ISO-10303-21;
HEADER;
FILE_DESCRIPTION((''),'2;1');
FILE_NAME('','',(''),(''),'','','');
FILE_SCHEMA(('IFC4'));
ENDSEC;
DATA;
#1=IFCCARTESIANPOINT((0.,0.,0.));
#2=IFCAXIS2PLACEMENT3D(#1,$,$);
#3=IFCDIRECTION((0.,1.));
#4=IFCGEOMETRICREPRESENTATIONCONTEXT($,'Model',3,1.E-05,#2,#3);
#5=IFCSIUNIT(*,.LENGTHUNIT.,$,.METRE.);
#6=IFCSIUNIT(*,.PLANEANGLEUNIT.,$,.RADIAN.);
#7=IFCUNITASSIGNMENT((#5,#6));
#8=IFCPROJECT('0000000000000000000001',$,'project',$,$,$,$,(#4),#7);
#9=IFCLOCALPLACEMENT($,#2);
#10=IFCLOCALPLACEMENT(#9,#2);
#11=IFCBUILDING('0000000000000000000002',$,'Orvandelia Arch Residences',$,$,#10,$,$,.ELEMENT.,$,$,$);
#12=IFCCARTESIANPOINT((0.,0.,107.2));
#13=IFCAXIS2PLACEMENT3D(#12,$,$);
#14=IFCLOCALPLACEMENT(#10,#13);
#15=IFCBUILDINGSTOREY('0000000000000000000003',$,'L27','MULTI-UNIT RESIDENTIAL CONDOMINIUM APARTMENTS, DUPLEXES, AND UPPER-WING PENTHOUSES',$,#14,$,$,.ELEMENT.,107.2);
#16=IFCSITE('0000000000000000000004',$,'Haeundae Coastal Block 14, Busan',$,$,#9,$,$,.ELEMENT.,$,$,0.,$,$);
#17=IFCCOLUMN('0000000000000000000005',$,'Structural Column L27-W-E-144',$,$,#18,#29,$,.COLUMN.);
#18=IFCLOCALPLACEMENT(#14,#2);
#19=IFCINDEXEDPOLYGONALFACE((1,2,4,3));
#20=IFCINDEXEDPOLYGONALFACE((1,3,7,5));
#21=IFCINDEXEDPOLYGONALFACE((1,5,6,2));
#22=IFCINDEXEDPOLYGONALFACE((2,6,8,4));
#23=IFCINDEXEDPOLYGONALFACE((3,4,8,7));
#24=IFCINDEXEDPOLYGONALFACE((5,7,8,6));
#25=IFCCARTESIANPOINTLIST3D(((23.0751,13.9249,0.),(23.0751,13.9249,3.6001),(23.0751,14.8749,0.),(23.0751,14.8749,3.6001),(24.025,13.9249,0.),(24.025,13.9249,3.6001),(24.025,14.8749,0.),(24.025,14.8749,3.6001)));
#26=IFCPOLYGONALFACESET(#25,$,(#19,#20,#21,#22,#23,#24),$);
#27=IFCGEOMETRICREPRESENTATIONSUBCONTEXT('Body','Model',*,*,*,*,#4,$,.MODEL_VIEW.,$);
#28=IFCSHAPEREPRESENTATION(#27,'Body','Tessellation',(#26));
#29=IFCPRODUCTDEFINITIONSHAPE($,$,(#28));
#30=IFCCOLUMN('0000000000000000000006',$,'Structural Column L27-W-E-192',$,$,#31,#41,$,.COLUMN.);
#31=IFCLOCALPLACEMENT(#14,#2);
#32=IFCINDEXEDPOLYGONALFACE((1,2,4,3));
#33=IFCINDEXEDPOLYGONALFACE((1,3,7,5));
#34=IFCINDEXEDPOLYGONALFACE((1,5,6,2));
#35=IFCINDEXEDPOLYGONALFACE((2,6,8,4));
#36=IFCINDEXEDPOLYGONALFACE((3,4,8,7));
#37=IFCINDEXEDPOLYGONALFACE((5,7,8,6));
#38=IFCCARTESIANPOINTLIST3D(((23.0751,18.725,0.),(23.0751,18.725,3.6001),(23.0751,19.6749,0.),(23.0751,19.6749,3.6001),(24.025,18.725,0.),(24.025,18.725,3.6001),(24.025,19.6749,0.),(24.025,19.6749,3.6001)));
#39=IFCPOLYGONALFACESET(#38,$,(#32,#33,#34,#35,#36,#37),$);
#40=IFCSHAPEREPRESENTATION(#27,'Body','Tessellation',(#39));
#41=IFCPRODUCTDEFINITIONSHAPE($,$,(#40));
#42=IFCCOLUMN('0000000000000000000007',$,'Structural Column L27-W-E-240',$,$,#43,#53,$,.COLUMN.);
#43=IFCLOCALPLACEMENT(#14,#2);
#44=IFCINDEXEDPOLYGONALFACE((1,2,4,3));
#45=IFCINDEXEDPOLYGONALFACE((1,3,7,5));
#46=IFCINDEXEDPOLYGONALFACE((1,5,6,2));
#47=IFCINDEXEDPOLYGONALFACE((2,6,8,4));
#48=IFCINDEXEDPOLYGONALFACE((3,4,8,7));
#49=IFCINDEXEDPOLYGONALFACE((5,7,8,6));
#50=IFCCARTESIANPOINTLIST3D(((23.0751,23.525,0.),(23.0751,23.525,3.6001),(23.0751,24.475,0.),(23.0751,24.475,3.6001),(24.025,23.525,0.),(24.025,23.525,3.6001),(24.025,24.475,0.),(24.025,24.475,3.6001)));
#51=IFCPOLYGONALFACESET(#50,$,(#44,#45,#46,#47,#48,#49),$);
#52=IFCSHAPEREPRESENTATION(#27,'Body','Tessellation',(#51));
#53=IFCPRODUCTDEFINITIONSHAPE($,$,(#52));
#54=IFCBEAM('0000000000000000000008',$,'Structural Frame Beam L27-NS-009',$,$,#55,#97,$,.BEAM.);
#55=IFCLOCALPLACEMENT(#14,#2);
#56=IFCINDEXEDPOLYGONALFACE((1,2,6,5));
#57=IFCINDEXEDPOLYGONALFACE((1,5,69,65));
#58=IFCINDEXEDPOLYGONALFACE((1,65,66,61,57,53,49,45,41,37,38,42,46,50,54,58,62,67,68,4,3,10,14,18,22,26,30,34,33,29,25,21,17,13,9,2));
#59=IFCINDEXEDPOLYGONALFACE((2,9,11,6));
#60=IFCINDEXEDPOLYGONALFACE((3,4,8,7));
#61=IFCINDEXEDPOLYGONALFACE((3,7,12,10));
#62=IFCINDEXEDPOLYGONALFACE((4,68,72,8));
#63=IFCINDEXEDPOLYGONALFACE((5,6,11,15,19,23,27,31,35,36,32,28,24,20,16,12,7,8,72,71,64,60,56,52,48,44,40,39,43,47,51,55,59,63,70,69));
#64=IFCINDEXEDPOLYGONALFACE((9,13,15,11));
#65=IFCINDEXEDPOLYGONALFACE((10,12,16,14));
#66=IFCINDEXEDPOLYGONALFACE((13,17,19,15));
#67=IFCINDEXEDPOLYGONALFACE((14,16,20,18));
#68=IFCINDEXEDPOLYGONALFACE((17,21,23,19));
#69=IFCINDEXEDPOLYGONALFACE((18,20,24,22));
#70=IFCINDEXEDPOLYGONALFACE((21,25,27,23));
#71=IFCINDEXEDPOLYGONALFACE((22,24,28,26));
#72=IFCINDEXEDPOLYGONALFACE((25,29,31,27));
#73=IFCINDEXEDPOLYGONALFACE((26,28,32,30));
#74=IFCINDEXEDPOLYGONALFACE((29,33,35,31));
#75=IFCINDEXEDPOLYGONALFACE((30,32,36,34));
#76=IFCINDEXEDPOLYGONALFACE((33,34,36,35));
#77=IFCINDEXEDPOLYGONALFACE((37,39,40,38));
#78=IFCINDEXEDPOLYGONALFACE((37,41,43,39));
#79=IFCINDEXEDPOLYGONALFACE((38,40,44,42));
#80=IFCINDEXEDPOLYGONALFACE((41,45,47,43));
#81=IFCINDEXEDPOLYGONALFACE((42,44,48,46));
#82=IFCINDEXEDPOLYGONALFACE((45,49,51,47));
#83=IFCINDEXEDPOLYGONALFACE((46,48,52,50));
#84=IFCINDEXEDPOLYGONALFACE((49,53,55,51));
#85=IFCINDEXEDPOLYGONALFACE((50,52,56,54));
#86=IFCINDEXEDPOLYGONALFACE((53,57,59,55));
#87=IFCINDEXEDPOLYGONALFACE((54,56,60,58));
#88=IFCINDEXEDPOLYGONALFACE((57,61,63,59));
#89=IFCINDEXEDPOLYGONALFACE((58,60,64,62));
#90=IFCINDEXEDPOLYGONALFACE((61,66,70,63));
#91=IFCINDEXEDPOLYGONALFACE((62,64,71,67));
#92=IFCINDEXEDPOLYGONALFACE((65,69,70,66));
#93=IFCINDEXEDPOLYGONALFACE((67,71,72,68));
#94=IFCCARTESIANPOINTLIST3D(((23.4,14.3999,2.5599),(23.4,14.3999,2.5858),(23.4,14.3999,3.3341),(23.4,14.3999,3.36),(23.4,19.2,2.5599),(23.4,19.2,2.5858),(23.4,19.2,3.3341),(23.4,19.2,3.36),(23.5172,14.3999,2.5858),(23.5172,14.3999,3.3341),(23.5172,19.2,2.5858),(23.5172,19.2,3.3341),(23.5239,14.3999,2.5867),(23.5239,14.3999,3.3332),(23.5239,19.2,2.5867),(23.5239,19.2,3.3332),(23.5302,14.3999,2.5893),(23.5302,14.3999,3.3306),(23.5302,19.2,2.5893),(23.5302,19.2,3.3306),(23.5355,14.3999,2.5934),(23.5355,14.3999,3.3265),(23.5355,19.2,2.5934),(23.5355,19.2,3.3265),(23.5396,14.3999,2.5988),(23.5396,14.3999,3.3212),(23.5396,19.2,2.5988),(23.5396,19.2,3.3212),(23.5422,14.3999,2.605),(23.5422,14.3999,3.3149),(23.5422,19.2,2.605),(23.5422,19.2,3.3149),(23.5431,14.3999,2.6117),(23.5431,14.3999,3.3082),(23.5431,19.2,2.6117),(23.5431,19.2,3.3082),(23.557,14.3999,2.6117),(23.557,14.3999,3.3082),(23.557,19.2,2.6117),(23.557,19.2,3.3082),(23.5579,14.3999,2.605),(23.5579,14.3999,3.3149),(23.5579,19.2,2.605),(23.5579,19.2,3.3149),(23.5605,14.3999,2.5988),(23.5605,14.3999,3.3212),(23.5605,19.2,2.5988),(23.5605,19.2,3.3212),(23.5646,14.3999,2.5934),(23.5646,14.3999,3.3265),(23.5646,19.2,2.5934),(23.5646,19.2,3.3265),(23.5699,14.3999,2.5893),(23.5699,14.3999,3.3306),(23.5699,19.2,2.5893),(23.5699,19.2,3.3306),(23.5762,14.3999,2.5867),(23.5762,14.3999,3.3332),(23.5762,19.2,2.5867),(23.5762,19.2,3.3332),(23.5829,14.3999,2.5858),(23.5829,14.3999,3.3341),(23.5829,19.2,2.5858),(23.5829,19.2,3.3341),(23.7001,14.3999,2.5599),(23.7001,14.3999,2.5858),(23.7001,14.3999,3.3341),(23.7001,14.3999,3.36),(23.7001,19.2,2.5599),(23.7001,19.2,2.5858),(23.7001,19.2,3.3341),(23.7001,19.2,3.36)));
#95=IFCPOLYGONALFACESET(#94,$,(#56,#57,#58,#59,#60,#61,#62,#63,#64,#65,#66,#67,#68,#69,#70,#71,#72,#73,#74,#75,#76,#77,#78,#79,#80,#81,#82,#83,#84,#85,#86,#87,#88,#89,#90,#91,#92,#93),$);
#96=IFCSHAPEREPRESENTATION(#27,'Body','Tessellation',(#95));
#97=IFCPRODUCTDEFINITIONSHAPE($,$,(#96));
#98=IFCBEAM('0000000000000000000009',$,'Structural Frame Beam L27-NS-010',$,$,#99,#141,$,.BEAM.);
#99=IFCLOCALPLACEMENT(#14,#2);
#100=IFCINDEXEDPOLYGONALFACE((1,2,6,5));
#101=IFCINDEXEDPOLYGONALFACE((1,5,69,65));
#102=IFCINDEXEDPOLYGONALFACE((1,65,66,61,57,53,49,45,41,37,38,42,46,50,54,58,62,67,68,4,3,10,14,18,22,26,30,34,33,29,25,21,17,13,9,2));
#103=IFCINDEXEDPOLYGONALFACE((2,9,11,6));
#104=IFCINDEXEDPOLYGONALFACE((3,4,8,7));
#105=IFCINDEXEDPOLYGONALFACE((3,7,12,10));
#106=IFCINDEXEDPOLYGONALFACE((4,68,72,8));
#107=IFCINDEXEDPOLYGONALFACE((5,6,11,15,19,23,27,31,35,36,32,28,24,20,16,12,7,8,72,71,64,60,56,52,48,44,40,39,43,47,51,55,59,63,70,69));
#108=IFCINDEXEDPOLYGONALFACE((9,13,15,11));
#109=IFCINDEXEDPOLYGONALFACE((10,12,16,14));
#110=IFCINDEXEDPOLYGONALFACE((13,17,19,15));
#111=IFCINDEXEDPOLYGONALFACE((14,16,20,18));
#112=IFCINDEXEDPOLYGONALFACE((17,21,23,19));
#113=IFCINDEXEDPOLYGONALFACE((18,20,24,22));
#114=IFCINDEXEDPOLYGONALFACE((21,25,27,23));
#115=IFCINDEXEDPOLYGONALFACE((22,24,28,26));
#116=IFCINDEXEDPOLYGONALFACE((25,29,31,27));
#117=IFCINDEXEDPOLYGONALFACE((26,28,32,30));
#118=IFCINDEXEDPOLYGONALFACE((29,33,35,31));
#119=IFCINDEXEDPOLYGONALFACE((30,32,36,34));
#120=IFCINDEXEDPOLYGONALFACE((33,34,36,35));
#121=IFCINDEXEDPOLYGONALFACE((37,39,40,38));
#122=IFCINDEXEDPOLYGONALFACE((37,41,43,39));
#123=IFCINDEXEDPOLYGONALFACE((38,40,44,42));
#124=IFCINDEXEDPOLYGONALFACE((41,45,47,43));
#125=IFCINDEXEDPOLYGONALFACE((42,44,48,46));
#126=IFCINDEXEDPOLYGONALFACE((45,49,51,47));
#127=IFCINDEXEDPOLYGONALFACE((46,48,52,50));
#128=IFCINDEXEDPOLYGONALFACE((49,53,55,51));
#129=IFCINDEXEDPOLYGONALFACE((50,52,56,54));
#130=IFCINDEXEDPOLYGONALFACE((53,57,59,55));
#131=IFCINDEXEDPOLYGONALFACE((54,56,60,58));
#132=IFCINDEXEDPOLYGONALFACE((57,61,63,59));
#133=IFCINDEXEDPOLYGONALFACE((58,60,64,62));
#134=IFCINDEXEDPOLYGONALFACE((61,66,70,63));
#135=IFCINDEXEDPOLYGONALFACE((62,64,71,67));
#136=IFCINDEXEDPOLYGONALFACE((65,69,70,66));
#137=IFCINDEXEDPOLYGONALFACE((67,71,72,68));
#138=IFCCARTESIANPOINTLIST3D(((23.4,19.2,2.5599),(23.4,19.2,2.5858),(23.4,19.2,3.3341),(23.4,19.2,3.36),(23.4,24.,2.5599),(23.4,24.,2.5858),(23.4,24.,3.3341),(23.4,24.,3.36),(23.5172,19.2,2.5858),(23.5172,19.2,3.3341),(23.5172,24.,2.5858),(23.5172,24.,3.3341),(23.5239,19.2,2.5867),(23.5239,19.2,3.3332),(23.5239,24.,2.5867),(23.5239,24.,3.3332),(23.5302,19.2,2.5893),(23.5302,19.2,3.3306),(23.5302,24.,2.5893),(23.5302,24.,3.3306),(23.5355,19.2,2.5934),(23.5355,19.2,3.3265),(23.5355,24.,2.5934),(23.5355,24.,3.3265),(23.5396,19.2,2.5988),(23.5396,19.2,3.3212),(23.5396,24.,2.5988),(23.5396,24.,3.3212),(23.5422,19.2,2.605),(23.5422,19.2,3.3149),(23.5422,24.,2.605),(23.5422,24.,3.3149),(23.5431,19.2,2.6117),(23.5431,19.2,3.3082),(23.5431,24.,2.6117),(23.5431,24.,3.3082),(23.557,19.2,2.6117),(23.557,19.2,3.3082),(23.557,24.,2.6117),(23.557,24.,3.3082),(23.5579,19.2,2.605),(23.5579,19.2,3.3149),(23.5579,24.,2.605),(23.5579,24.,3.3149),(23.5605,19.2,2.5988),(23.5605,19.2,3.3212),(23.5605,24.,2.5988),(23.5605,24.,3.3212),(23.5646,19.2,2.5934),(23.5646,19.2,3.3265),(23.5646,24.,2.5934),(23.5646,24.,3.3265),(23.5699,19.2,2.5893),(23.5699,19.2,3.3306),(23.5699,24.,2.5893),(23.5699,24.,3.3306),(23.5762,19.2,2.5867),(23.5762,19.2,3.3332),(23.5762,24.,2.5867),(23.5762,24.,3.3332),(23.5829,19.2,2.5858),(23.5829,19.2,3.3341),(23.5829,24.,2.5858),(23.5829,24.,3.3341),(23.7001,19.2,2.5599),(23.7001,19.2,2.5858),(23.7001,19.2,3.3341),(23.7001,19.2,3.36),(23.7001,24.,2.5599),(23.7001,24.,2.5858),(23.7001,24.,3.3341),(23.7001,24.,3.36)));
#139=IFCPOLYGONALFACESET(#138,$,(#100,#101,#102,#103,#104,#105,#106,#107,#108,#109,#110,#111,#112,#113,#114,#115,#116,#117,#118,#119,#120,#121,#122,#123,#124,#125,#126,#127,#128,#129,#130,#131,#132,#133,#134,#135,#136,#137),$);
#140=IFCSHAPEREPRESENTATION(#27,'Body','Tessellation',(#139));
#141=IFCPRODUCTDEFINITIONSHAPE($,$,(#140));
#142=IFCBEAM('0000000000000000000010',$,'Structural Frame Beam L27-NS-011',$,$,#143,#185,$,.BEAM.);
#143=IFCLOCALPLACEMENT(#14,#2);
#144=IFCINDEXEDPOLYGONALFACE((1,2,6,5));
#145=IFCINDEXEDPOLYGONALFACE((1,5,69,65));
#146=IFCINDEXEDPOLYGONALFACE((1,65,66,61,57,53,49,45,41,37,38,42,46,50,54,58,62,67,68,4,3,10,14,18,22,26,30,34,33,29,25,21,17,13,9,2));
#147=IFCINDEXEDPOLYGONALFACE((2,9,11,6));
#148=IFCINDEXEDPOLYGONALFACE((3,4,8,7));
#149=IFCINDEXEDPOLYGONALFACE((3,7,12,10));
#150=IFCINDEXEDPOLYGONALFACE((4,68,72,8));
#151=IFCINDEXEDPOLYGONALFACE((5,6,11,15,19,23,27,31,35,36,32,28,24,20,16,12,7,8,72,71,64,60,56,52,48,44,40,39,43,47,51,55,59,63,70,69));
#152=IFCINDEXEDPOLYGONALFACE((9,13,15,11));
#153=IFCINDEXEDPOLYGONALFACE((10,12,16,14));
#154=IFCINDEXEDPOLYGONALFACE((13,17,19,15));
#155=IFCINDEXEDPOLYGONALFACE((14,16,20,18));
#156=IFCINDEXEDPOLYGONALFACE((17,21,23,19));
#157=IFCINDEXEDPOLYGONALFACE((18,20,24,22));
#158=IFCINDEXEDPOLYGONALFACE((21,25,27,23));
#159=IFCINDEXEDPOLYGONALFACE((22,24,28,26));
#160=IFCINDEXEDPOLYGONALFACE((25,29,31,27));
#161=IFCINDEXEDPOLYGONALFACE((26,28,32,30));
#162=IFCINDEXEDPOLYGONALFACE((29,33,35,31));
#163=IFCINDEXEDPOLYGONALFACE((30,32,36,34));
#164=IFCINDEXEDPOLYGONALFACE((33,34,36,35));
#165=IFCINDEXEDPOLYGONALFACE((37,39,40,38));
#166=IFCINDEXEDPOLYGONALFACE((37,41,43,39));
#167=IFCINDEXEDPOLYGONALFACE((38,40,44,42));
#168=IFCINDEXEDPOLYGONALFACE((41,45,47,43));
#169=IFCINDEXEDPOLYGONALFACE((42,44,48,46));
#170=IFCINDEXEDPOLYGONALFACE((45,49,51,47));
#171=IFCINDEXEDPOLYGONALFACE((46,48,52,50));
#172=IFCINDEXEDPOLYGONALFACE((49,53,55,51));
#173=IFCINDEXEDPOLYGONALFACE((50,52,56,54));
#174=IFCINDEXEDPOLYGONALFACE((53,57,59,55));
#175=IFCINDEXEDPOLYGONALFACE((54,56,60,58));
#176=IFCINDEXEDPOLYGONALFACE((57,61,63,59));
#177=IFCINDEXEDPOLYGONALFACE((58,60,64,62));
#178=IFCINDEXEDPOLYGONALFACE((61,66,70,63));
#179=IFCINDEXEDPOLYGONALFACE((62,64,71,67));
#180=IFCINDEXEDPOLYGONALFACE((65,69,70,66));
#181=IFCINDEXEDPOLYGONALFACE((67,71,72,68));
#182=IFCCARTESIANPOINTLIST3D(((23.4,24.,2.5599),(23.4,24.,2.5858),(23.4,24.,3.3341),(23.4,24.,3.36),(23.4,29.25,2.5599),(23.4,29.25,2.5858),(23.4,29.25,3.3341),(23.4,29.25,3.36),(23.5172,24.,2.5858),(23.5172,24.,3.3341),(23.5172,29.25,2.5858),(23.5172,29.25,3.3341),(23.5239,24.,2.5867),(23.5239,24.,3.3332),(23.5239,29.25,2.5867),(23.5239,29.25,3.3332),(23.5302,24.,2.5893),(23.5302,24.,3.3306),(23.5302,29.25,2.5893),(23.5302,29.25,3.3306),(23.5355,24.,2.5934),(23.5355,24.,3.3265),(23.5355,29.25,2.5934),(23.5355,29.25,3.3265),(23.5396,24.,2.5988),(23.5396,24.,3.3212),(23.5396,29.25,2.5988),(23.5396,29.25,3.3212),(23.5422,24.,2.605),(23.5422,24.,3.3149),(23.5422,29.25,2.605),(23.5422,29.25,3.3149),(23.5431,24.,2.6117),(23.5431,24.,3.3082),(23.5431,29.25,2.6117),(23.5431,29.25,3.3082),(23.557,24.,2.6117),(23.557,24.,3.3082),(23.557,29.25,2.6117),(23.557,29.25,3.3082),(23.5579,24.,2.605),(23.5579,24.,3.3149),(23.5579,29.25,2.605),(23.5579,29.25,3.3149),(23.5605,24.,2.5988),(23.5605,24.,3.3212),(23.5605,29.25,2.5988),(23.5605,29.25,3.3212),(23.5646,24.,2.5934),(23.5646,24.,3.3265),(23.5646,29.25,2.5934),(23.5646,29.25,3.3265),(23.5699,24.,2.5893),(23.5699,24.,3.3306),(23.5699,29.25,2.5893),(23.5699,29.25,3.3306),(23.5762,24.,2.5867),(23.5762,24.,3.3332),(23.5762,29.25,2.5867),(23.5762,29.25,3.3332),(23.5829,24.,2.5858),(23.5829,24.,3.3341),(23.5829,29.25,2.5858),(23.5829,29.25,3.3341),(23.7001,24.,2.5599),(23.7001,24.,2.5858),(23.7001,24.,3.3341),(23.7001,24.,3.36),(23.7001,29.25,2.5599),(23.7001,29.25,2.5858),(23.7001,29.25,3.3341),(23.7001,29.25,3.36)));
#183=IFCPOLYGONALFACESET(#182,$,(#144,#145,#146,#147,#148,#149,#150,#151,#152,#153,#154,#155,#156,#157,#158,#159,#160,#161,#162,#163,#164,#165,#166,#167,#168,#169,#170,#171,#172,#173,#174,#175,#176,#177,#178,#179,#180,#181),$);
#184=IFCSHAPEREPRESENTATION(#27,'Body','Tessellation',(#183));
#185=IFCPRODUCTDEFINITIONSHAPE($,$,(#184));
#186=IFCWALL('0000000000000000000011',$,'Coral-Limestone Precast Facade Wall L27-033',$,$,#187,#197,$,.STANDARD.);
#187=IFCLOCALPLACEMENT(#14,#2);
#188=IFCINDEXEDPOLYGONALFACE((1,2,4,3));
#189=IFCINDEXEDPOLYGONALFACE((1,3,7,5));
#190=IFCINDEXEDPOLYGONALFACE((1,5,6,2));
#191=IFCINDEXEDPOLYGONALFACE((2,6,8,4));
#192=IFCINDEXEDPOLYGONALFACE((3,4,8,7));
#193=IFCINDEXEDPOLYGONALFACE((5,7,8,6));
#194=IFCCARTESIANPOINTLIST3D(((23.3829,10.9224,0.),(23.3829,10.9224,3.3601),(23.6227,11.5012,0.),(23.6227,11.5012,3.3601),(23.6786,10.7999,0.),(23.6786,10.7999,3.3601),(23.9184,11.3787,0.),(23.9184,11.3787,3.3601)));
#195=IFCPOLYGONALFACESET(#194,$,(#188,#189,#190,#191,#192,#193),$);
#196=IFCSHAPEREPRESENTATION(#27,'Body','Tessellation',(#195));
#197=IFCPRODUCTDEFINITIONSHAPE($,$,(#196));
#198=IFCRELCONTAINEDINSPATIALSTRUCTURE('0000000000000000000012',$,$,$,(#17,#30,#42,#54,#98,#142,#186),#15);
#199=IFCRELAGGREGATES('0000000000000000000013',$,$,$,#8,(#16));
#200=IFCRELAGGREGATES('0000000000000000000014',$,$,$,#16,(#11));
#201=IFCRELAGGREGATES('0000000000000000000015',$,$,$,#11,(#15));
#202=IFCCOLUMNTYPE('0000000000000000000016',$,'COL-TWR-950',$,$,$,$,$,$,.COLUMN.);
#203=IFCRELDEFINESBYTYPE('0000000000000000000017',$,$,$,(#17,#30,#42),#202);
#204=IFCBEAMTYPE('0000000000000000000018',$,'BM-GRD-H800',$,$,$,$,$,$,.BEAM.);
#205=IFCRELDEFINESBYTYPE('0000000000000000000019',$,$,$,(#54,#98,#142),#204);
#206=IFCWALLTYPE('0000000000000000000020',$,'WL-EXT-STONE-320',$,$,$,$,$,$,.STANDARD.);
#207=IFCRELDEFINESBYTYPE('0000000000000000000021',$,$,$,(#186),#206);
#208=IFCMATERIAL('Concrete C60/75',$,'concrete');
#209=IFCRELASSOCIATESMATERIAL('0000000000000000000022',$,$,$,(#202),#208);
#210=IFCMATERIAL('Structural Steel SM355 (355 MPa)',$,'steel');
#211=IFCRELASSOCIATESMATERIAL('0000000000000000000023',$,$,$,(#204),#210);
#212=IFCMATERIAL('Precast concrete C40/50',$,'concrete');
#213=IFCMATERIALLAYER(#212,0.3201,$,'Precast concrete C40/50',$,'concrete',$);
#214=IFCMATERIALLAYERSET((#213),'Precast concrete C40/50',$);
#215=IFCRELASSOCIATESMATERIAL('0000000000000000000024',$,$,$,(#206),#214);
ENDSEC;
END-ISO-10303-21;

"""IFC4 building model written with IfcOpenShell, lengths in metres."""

from ifc_helpers import new_model, si_unit, direction, frame, frame_2d, origin, origin_2d, place, context, subcontext, project, spatial, rectangle, i_section, extrude, material, layer, layer_set, material_profile, profile_set, type_object, element, save


model = new_model("IFC4")

# Units and contexts
model_context = context("Model", 3, precision=1e-05, world=origin(), true_north=direction((0.0, 1.0)))
body_context = subcontext(model_context, "Body", "Model", "MODEL_VIEW")
ifc_project = project(units=[si_unit("LENGTHUNIT", "METRE"), si_unit("PLANEANGLEUNIT", "RADIAN")], contexts=[model_context])

# Site, building, storey
site_placement = place(None, origin())
site = spatial("IfcSite", under=ifc_project, at=site_placement, Name="Haeundae Coastal Block 14, Busan", CompositionType="ELEMENT", RefElevation=0.0)
building_placement = place(site_placement, origin())
building = spatial("IfcBuilding", under=site, at=building_placement, Name="Orvandelia Arch Residences", CompositionType="ELEMENT")
storey_placement = place(building_placement, frame((0.0, 0.0, 107.2)))
storey = spatial("IfcBuildingStorey", under=building, at=storey_placement, Name="L27", Description="MULTI-UNIT RESIDENTIAL CONDOMINIUM APARTMENTS, DUPLEXES, AND UPPER-WING PENTHOUSES", CompositionType="ELEMENT", Elevation=107.2)

# Columns
ifc_material_1 = material(Name="Concrete C60/75", Category="concrete")
ifc_material_profile_1 = material_profile(ifc_material_1, rectangle(XDim=0.95, YDim=0.95, at=origin_2d()), Name="Concrete C60/75", Category="concrete")
ifc_profile_set_1 = profile_set([ifc_material_profile_1], Name="Concrete C60/75")
column_type = type_object("IfcColumnType", Name="COL-TWR-950", PredefinedType="COLUMN", material=ifc_profile_set_1)
for number, where, z_axis, x_axis, name in (
    (1, (23.55, 14.3999, 0.0), (0.0, 0.0, 1.0), (1.0, 0.0, 0.0), "Structural Column L27-W-E-144"),
    (2, (23.55, 19.2, 0.0), (0.0, 0.0, 1.0), (1.0, 0.0, 0.0), "Structural Column L27-W-E-192"),
    (3, (23.55, 24.0, 0.0), (0.0, 0.0, 1.0), (1.0, 0.0, 0.0), "Structural Column L27-W-E-240"),
):
    element("IfcColumn", number, at=place(storey_placement, frame(where, z_axis=z_axis, x_axis=x_axis)), inside=storey, type_object=column_type, Name=name, PredefinedType="COLUMN", context=body_context, shape_type="SweptSolid", body=[
        extrude(rectangle(XDim=0.95, YDim=0.95, at=origin_2d()), origin(), (0.0, 0.0, 1.0), 3.6001),
    ])

# Beams
ifc_material_2 = material(Name="Structural Steel SM355 (355 MPa)", Category="steel")
ifc_material_profile_2 = material_profile(ifc_material_2, i_section(OverallWidth=0.3, OverallDepth=0.8, WebThickness=0.0139, FlangeThickness=0.0259, FilletRadius=0.0259, at=origin_2d()), Name="Structural Steel SM355 (355 MPa)", Category="steel")
ifc_profile_set_2 = profile_set([ifc_material_profile_2], Name="Structural Steel SM355 (355 MPa)")
beam_type = type_object("IfcBeamType", Name="BM-GRD-H800", PredefinedType="BEAM", material=ifc_profile_set_2)
for number, where, z_axis, x_axis, name in (
    (4, (23.55, 14.3999, 2.96), (0.0, 1.0, 0.0), (-1.0, 0.0, 0.0), "Structural Frame Beam L27-NS-009"),
    (5, (23.55, 19.2, 2.96), (0.0, 1.0, 0.0), (-1.0, 0.0, 0.0), "Structural Frame Beam L27-NS-010"),
):
    element("IfcBeam", number, at=place(storey_placement, frame(where, z_axis=z_axis, x_axis=x_axis)), inside=storey, type_object=beam_type, Name=name, PredefinedType="BEAM", context=body_context, shape_type="SweptSolid", body=[
        extrude(i_section(OverallWidth=0.3, OverallDepth=0.8, WebThickness=0.0139, FlangeThickness=0.0259, FilletRadius=0.0259, at=origin_2d()), origin(), (0.0, 0.0, 1.0), 4.8),
    ])
beam_placement = place(storey_placement, frame((23.55, 24.0, 2.96), z_axis=(0.0, 1.0, 0.0), x_axis=(-1.0, 0.0, 0.0)))
element("IfcBeam", 6, at=beam_placement, inside=storey, type_object=beam_type, Name="Structural Frame Beam L27-NS-011", PredefinedType="BEAM", context=body_context, shape_type="SweptSolid", body=[
    extrude(i_section(OverallWidth=0.3, OverallDepth=0.8, WebThickness=0.0139, FlangeThickness=0.0259, FilletRadius=0.0259, at=origin_2d()), origin(), (0.0, 0.0, 1.0), 5.25),
])

# Wall
ifc_material_3 = material(Name="Precast concrete C40/50", Category="concrete")
ifc_layer_1 = layer(ifc_material_3, 0.3201, Name="Precast concrete C40/50", Category="concrete")
ifc_layer_set_1 = layer_set([ifc_layer_1], Name="Precast concrete C40/50")
wall_type_1 = type_object("IfcWallType", Name="WL-EXT-STONE-320", PredefinedType="STANDARD", material=ifc_layer_set_1)
for number, where, z_axis, x_axis, name in (
    (7, (23.7705, 11.4399, 0.0), (0.0, 0.0, 1.0), (-0.38265, -0.923893, 0.0), "Coral-Limestone Precast Facade Wall L27-033"),
):
    element("IfcWall", number, at=place(storey_placement, frame(where, z_axis=z_axis, x_axis=x_axis)), inside=storey, type_object=wall_type_1, Name=name, PredefinedType="STANDARD", context=body_context, shape_type="SweptSolid", body=[
        extrude(rectangle(XDim=0.6265, YDim=0.3201, at=frame_2d((0.3132, 0.0))), origin(), (0.0, 0.0, 1.0), 3.3601),
    ])

save(model, "model.ifc")
